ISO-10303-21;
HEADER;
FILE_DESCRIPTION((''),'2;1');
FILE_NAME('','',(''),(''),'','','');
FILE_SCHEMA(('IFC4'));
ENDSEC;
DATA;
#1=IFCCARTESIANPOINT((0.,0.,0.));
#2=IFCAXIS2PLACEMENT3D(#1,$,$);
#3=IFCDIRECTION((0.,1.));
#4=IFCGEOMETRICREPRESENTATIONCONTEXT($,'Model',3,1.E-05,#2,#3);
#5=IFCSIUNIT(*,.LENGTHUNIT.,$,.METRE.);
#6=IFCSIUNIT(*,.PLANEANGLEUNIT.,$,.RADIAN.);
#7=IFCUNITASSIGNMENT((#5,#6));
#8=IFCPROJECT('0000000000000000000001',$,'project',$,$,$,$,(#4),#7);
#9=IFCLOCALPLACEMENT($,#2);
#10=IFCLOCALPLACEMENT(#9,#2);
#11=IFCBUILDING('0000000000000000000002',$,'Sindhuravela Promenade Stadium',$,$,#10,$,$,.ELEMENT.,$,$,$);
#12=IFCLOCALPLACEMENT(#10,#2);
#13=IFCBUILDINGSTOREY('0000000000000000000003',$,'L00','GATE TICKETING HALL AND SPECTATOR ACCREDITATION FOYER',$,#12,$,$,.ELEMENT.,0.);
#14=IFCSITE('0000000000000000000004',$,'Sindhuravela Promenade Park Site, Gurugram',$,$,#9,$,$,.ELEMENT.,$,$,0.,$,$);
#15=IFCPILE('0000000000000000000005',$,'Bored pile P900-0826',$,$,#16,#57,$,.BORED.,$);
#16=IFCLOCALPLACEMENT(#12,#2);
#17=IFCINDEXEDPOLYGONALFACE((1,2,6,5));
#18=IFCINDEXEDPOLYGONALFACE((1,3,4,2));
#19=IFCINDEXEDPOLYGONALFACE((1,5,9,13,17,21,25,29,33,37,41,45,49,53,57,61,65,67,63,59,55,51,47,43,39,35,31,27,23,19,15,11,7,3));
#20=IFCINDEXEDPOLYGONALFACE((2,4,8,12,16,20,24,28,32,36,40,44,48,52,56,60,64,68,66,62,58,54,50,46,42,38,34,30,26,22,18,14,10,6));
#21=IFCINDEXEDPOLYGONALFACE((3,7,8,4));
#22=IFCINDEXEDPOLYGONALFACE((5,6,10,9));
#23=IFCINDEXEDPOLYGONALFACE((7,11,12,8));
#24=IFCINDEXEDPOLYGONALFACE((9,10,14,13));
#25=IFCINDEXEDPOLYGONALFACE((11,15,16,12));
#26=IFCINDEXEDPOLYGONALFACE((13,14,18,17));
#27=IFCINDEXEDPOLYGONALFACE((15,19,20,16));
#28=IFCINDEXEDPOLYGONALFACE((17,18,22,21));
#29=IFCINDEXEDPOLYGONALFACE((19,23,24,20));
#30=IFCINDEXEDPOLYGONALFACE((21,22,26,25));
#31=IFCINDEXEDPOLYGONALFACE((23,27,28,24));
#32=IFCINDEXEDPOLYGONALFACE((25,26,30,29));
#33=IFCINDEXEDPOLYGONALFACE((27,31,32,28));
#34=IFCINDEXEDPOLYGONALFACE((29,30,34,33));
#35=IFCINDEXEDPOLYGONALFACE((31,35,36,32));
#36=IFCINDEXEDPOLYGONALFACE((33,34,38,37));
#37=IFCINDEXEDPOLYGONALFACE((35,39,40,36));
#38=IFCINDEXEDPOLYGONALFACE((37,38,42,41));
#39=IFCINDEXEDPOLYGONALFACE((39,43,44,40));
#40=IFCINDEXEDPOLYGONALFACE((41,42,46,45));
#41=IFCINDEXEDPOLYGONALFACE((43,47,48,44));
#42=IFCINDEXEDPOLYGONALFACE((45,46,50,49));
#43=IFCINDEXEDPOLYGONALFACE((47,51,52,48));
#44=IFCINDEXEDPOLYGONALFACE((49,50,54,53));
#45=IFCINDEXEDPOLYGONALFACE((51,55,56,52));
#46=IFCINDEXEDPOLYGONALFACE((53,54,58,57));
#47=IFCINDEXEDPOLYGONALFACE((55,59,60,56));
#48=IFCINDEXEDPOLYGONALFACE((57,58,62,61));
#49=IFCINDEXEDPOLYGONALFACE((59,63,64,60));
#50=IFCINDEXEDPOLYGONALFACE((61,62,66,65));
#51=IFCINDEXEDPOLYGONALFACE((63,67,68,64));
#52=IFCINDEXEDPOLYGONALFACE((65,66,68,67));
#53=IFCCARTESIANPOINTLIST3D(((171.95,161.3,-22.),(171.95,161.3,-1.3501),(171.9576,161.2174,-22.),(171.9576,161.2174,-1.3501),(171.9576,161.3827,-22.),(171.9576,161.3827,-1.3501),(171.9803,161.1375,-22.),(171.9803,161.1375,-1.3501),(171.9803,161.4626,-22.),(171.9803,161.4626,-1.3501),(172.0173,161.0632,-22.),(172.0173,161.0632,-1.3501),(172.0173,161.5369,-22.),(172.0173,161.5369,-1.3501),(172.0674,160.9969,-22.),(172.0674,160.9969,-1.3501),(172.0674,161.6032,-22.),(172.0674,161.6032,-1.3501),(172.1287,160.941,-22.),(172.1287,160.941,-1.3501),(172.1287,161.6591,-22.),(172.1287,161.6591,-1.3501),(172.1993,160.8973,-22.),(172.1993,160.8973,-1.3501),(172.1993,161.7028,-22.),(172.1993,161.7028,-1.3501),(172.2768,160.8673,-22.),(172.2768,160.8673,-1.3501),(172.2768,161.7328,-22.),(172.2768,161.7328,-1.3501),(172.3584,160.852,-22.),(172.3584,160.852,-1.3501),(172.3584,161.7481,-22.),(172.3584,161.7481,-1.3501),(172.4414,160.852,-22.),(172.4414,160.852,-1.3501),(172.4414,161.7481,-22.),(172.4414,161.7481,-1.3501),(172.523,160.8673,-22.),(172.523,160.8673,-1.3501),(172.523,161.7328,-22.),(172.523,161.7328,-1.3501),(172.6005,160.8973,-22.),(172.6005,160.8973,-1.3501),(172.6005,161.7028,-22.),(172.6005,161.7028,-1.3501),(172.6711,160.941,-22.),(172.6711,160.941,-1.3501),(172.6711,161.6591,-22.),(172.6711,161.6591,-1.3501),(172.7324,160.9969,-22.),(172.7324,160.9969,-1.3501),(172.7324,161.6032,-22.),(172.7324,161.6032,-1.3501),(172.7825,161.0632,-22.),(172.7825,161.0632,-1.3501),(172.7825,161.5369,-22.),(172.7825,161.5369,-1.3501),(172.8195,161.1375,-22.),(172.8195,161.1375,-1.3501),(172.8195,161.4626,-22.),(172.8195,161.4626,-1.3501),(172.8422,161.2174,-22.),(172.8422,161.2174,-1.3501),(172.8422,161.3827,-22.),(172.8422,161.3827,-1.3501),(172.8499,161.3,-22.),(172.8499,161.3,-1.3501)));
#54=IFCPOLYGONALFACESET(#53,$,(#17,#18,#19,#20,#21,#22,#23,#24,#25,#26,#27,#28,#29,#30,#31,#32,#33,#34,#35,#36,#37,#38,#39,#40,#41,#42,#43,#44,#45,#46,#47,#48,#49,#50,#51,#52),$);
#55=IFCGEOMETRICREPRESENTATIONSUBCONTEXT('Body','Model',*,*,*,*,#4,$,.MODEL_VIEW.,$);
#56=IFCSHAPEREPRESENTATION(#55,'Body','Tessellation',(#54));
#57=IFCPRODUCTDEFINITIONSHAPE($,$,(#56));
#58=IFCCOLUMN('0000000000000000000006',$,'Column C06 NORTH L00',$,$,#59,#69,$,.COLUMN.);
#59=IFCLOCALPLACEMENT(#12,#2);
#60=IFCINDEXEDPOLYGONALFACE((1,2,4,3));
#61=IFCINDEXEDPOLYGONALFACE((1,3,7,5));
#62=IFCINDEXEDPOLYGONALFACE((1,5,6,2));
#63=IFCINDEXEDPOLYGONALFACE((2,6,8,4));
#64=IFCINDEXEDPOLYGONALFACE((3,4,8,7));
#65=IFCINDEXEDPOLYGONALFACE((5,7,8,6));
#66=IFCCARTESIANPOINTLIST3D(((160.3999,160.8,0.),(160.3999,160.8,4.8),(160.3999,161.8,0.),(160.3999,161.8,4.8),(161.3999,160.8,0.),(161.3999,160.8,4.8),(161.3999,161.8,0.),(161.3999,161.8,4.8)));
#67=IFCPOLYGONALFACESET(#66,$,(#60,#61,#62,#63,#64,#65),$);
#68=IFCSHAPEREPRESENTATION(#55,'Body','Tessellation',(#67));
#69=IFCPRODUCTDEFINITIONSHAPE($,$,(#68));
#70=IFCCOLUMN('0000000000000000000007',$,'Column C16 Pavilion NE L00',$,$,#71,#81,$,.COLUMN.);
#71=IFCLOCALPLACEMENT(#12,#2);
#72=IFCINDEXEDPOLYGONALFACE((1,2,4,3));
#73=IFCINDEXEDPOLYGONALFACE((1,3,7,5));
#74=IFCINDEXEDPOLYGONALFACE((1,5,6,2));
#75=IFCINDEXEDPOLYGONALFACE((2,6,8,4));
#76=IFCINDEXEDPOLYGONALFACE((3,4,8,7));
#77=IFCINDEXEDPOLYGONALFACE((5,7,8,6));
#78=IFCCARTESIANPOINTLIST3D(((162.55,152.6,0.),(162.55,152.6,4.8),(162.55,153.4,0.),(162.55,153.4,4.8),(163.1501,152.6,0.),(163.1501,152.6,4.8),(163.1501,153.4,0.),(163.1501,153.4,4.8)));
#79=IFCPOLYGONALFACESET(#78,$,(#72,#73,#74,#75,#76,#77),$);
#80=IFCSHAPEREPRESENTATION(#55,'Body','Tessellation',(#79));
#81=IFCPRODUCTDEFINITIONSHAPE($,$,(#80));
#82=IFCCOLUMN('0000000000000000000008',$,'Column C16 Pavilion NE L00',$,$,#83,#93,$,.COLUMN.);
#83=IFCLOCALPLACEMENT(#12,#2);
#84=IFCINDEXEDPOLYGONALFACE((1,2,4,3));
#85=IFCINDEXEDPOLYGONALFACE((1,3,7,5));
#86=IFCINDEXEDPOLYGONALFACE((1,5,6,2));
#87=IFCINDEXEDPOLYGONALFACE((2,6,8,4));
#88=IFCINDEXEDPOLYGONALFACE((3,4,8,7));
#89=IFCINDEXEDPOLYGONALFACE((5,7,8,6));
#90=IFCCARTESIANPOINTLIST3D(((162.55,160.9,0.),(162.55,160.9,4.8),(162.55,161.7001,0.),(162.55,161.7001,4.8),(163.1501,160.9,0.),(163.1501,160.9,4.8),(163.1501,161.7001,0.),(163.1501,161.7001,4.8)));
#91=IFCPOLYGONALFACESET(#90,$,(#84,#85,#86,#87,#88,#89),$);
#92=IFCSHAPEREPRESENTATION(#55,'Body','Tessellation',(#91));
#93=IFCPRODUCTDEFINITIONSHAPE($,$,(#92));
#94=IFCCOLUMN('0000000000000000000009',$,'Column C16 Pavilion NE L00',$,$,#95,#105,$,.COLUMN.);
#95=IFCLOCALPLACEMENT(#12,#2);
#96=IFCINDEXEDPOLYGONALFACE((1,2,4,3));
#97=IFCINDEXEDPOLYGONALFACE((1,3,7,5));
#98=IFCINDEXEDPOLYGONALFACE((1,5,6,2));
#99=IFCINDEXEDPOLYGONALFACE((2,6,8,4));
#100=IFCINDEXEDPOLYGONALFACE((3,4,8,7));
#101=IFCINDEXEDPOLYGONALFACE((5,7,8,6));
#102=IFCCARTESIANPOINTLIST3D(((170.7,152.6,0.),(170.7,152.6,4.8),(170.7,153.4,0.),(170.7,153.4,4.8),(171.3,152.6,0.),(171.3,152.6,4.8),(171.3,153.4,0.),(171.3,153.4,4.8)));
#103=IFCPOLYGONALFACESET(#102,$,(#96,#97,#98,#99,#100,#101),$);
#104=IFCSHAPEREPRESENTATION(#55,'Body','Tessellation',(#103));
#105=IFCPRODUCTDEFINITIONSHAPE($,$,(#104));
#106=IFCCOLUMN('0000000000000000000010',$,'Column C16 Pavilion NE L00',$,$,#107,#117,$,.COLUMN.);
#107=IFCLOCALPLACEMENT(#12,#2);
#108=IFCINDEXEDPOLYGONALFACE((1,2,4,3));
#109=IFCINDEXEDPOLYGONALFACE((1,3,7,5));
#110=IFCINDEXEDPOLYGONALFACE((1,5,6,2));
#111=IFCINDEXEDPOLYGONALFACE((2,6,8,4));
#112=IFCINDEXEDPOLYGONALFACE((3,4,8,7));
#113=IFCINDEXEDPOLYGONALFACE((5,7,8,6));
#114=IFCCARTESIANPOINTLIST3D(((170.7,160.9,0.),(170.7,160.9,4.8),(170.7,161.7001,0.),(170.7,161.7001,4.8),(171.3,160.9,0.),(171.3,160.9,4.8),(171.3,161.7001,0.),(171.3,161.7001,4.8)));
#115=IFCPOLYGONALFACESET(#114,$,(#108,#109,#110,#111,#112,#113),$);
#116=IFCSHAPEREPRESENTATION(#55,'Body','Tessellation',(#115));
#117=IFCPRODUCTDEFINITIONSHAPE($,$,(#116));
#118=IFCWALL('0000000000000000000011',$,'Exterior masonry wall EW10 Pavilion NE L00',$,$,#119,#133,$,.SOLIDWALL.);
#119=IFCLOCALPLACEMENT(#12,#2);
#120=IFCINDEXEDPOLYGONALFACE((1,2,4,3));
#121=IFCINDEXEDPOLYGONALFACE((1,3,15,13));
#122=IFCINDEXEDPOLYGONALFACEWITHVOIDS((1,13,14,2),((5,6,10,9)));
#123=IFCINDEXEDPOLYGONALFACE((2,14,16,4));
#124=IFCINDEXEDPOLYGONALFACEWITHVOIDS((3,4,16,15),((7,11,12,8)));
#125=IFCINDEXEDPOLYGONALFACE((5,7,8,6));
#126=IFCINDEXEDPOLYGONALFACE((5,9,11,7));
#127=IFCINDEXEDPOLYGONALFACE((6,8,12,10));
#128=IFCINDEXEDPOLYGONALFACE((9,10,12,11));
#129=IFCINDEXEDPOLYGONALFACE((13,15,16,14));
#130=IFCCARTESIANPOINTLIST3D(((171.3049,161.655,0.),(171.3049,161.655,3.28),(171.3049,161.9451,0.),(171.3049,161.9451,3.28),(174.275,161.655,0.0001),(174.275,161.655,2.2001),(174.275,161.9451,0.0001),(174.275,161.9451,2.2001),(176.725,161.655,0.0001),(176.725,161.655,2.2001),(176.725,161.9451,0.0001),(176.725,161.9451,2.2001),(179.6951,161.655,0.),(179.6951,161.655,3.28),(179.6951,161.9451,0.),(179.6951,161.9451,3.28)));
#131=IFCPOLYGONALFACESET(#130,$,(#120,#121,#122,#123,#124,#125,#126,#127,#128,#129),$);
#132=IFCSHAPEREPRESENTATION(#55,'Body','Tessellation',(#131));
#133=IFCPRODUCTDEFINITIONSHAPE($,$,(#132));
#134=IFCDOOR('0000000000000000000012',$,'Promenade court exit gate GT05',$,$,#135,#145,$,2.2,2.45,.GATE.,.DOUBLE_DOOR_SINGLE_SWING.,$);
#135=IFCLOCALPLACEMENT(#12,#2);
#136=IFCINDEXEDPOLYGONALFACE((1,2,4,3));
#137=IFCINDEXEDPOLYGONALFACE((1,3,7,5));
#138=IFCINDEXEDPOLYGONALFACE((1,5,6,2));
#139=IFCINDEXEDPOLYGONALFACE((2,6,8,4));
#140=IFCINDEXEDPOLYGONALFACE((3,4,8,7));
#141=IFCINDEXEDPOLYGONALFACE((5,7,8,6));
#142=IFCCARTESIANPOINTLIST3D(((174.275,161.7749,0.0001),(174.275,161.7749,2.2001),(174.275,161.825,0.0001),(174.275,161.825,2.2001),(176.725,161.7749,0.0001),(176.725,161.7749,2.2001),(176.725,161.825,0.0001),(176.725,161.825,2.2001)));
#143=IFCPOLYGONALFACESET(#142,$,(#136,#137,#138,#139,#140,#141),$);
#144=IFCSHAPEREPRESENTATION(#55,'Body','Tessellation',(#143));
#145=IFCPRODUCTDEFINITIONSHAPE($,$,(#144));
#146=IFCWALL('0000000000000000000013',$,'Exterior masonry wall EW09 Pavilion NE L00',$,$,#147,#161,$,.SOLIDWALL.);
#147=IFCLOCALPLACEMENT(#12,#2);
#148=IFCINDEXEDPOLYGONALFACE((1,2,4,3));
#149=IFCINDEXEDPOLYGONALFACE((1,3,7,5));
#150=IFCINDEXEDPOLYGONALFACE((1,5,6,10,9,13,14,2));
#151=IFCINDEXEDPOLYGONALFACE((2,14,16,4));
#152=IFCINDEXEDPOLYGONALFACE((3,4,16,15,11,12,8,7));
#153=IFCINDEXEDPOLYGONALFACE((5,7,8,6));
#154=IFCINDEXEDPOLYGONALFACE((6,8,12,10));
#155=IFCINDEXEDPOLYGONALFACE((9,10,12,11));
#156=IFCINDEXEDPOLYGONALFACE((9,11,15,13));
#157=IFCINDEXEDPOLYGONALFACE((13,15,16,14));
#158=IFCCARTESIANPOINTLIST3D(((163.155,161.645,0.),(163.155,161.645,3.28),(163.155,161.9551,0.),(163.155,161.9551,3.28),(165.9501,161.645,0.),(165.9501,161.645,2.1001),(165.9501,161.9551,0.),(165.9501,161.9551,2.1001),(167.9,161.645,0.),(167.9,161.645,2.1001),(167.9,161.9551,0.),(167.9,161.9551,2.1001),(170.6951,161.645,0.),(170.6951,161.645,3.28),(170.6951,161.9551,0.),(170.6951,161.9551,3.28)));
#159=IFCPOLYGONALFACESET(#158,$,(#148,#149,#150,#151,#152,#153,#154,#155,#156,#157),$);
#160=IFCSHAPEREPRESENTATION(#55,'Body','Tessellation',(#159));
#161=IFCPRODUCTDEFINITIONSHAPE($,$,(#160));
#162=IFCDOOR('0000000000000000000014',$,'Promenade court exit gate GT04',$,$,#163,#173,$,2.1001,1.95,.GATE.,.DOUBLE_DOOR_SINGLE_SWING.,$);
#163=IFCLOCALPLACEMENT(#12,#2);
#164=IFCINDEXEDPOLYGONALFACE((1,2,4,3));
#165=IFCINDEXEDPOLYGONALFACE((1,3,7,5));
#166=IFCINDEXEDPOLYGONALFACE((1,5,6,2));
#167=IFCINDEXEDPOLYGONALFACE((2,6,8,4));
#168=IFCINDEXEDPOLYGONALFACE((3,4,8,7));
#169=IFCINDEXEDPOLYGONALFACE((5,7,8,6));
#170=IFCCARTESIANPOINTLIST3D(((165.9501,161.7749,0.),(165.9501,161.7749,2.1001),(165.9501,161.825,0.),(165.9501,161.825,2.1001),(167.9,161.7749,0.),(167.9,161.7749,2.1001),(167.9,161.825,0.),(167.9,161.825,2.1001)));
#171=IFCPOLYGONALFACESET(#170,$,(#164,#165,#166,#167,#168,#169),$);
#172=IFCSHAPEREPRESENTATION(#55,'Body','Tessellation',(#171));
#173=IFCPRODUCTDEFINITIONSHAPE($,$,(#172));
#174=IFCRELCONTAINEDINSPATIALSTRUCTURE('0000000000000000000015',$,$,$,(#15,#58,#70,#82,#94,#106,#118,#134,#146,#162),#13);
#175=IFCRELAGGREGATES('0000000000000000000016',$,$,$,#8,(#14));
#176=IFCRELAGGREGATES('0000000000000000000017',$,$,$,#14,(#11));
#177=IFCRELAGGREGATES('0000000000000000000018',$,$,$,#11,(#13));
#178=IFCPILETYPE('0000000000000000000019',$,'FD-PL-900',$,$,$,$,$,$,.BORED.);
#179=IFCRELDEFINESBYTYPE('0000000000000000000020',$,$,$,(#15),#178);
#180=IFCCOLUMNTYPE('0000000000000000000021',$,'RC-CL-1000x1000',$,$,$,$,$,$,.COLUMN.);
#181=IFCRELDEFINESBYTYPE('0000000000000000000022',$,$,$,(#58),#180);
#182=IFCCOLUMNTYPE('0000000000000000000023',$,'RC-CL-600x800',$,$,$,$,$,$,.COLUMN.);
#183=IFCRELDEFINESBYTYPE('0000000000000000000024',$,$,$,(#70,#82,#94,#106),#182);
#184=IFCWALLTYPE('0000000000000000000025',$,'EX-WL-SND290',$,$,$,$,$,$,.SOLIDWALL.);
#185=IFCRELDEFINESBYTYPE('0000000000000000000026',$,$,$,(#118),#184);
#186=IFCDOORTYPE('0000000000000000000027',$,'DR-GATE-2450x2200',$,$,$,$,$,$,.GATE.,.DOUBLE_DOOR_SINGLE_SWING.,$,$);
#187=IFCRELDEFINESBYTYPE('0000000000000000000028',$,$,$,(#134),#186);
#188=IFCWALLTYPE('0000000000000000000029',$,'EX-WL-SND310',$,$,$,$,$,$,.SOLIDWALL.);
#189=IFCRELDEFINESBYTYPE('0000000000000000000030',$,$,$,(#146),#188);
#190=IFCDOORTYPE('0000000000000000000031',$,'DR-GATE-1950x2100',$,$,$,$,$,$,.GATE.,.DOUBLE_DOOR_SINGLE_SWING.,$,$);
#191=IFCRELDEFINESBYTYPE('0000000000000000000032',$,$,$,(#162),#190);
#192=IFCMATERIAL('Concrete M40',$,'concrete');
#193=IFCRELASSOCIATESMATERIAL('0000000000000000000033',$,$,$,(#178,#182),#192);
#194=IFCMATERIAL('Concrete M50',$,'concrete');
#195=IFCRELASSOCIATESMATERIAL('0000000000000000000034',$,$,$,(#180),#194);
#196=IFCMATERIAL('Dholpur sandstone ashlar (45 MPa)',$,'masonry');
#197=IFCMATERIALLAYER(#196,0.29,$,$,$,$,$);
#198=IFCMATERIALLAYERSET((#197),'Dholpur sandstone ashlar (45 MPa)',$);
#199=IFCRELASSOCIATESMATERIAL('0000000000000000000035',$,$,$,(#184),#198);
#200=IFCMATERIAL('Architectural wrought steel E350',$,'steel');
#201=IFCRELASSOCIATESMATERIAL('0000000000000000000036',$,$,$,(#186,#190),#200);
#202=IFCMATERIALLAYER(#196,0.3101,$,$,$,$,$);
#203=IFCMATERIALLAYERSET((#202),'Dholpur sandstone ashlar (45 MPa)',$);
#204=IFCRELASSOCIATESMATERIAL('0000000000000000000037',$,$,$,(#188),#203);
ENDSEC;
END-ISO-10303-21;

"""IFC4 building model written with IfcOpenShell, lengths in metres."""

from ifc_helpers import new_model, si_unit, direction, frame, frame_2d, origin, origin_2d, place, context, subcontext, project, spatial, rectangle, circle, extrude, material, layer, layer_set, material_profile, profile_set, type_object, element, fill, save


model = new_model("IFC4")

# Units and contexts
model_context = context("Model", 3, precision=1e-05, world=origin(), true_north=direction((0.0, 1.0)))
body_context = subcontext(model_context, "Body", "Model", "MODEL_VIEW")
ifc_project = project(units=[si_unit("LENGTHUNIT", "METRE"), si_unit("PLANEANGLEUNIT", "RADIAN")], contexts=[model_context])

# Site, building, storey
site_placement = place(None, origin())
site = spatial("IfcSite", under=ifc_project, at=site_placement, Name="Sindhuravela Promenade Park Site, Gurugram", CompositionType="ELEMENT", RefElevation=0.0)
building_placement = place(site_placement, origin())
building = spatial("IfcBuilding", under=site, at=building_placement, Name="Sindhuravela Promenade Stadium", CompositionType="ELEMENT")
storey_placement = place(building_placement, origin())
storey = spatial("IfcBuildingStorey", under=building, at=storey_placement, Name="L00", Description="GATE TICKETING HALL AND SPECTATOR ACCREDITATION FOYER", CompositionType="ELEMENT", Elevation=0.0)

# Shared definitions
ifc_material_1 = material(Name="Concrete M50", Category="concrete")

# Pile
ifc_material_2 = material(Name="Concrete M40", Category="concrete")
ifc_material_profile_1 = material_profile(ifc_material_2, circle(Radius=0.45, at=origin_2d()), Name="BORED PILE D900")
ifc_profile_set_1 = profile_set([ifc_material_profile_1], Name="Concrete M40")
pile_type_1 = type_object("IfcPileType", Name="FD-PL-900", PredefinedType="BORED", material=ifc_profile_set_1)
for number, where, z_axis, x_axis, name in (
    (1, (172.3999, 161.3, -1.3501), (0.0, 0.0, -1.0), (1.0, 0.0, 0.0), "Bored pile P900-0826"),
):
    element("IfcPile", number, at=place(storey_placement, frame(where, z_axis=z_axis, x_axis=x_axis)), inside=storey, type_object=pile_type_1, Name=name, PredefinedType="BORED", context=body_context, shape_type="SweptSolid", body=[
        extrude(circle(Radius=0.45, at=origin_2d()), origin(), (0.0, 0.0, 1.0), 20.6499),
    ])

# Columns
ifc_material_profile_2 = material_profile(ifc_material_1, rectangle(XDim=1.0, YDim=1.0, at=origin_2d()), Name="RC 1000x1000")
ifc_profile_set_2 = profile_set([ifc_material_profile_2], Name="Concrete M50")
column_type_1 = type_object("IfcColumnType", Name="RC-CL-1000x1000", PredefinedType="COLUMN", material=ifc_profile_set_2)
column_placement = place(storey_placement, frame((160.8999, 161.3, 0.0), z_axis=(0.0, 0.0, 1.0), x_axis=(1.0, 0.0, 0.0)))
element("IfcColumn", 2, at=column_placement, inside=storey, type_object=column_type_1, Name="Column C06 NORTH L00", PredefinedType="COLUMN", context=body_context, shape_type="SweptSolid", body=[
    extrude(rectangle(XDim=1.0, YDim=1.0, at=origin_2d()), origin(), (0.0, 0.0, 1.0), 4.8),
])
ifc_material_profile_3 = material_profile(ifc_material_2, rectangle(XDim=0.6001, YDim=0.8, at=origin_2d()), Name="RC 600x800")
ifc_profile_set_3 = profile_set([ifc_material_profile_3], Name="Concrete M40")
column_type_2 = type_object("IfcColumnType", Name="RC-CL-600x800", PredefinedType="COLUMN", material=ifc_profile_set_3)
for number, where, z_axis, x_axis, name in (
    (3, (162.8501, 153.0, 0.0), (0.0, 0.0, 1.0), (1.0, 0.0, 0.0), "Column C16 Pavilion NE L00"),
    (4, (162.8501, 161.3, 0.0), (0.0, 0.0, 1.0), (1.0, 0.0, 0.0), "Column C16 Pavilion NE L00"),
    (5, (171.0, 153.0, 0.0), (0.0, 0.0, 1.0), (1.0, 0.0, 0.0), "Column C16 Pavilion NE L00"),
    (6, (171.0, 161.3, 0.0), (0.0, 0.0, 1.0), (1.0, 0.0, 0.0), "Column C16 Pavilion NE L00"),
):
    element("IfcColumn", number, at=place(storey_placement, frame(where, z_axis=z_axis, x_axis=x_axis)), inside=storey, type_object=column_type_2, Name=name, PredefinedType="COLUMN", context=body_context, shape_type="SweptSolid", body=[
        extrude(rectangle(XDim=0.6001, YDim=0.8, at=origin_2d()), origin(), (0.0, 0.0, 1.0), 4.8),
    ])

# Walls, openings, doors
ifc_material_3 = material(Name="Dholpur sandstone ashlar (45 MPa)", Category="masonry")
ifc_layer_1 = layer(ifc_material_3, 0.29)
ifc_layer_set_1 = layer_set([ifc_layer_1], Name="Dholpur sandstone ashlar (45 MPa)")
wall_type_1 = type_object("IfcWallType", Name="EX-WL-SND290", PredefinedType="SOLIDWALL", material=ifc_layer_set_1)
wall_1_placement = place(storey_placement, frame((171.3049, 161.8, 0.0), z_axis=(0.0, 0.0, 1.0), x_axis=(1.0, 0.0, 0.0)))
wall_1 = element("IfcWall", 7, at=wall_1_placement, inside=storey, type_object=wall_type_1, Name="Exterior masonry wall EW10 Pavilion NE L00", PredefinedType="SOLIDWALL", context=body_context, shape_type="SweptSolid", body=[
    extrude(rectangle(XDim=8.3901, YDim=0.29, at=frame_2d((4.1951, 0.0))), origin(), (0.0, 0.0, 1.0), 3.28),
])
opening_1_placement = place(wall_1_placement, frame((2.97, 0.0, 0.0)))
opening_1 = element("IfcOpeningElement", 8, at=opening_1_placement, cuts=wall_1, PredefinedType="OPENING", context=body_context, shape_type="SweptSolid", body=[
    extrude(rectangle(XDim=2.45, YDim=2.2, at=frame_2d((1.2251, 1.1001))), frame((0.0, 0.155, 0.0), z_axis=(0.0, -1.0, 0.0), x_axis=(1.0, 0.0, 0.0)), (0.0, 0.0, 1.0), 0.3101),
])
ifc_material_4 = material(Name="Architectural wrought steel E350", Category="steel")
door_type_1 = type_object("IfcDoorType", Name="DR-GATE-2450x2200", OperationType="DOUBLE_DOOR_SINGLE_SWING", PredefinedType="GATE", material=ifc_material_4)
door_1_placement = place(opening_1_placement, origin())
door_1 = element("IfcDoor", 9, at=door_1_placement, inside=storey, type_object=door_type_1, Name="Promenade court exit gate GT05", OperationType="DOUBLE_DOOR_SINGLE_SWING", OverallHeight=2.2, OverallWidth=2.45, PredefinedType="GATE", context=body_context, shape_type="SweptSolid", body=[
    extrude(rectangle(XDim=2.45, YDim=2.2, at=frame_2d((1.2251, 1.1001))), frame((0.0, 0.0249, 0.0), z_axis=(0.0, -1.0, 0.0), x_axis=(1.0, 0.0, 0.0)), (0.0, 0.0, 1.0), 0.05),
])
fill(opening_1, door_1)
ifc_layer_2 = layer(ifc_material_3, 0.3101)
ifc_layer_set_2 = layer_set([ifc_layer_2], Name="Dholpur sandstone ashlar (45 MPa)")
wall_type_2 = type_object("IfcWallType", Name="EX-WL-SND310", PredefinedType="SOLIDWALL", material=ifc_layer_set_2)
wall_2_placement = place(storey_placement, frame((163.155, 161.8, 0.0), z_axis=(0.0, 0.0, 1.0), x_axis=(1.0, 0.0, 0.0)))
wall_2 = element("IfcWall", 10, at=wall_2_placement, inside=storey, type_object=wall_type_2, Name="Exterior masonry wall EW09 Pavilion NE L00", PredefinedType="SOLIDWALL", context=body_context, shape_type="SweptSolid", body=[
    extrude(rectangle(XDim=7.54, YDim=0.3101, at=frame_2d((3.77, 0.0))), origin(), (0.0, 0.0, 1.0), 3.28),
])
opening_2_placement = place(wall_2_placement, frame((2.7949, 0.0, 0.0)))
opening_2 = element("IfcOpeningElement", 11, at=opening_2_placement, cuts=wall_2, PredefinedType="OPENING", context=body_context, shape_type="SweptSolid", body=[
    extrude(rectangle(XDim=1.95, YDim=2.1001, at=frame_2d((0.9751, 1.05))), frame((0.0, 0.165, 0.0), z_axis=(0.0, -1.0, 0.0), x_axis=(1.0, 0.0, 0.0)), (0.0, 0.0, 1.0), 0.3301),
])
door_type_2 = type_object("IfcDoorType", Name="DR-GATE-1950x2100", OperationType="DOUBLE_DOOR_SINGLE_SWING", PredefinedType="GATE", material=ifc_material_4)
door_2_placement = place(opening_2_placement, origin())
door_2 = element("IfcDoor", 12, at=door_2_placement, inside=storey, type_object=door_type_2, Name="Promenade court exit gate GT04", OperationType="DOUBLE_DOOR_SINGLE_SWING", OverallHeight=2.1001, OverallWidth=1.95, PredefinedType="GATE", context=body_context, shape_type="SweptSolid", body=[
    extrude(rectangle(XDim=1.95, YDim=2.1001, at=frame_2d((0.9751, 1.05))), frame((0.0, 0.0249, 0.0), z_axis=(0.0, -1.0, 0.0), x_axis=(1.0, 0.0, 0.0)), (0.0, 0.0, 1.0), 0.05),
])
fill(opening_2, door_2)

save(model, "model.ifc")
